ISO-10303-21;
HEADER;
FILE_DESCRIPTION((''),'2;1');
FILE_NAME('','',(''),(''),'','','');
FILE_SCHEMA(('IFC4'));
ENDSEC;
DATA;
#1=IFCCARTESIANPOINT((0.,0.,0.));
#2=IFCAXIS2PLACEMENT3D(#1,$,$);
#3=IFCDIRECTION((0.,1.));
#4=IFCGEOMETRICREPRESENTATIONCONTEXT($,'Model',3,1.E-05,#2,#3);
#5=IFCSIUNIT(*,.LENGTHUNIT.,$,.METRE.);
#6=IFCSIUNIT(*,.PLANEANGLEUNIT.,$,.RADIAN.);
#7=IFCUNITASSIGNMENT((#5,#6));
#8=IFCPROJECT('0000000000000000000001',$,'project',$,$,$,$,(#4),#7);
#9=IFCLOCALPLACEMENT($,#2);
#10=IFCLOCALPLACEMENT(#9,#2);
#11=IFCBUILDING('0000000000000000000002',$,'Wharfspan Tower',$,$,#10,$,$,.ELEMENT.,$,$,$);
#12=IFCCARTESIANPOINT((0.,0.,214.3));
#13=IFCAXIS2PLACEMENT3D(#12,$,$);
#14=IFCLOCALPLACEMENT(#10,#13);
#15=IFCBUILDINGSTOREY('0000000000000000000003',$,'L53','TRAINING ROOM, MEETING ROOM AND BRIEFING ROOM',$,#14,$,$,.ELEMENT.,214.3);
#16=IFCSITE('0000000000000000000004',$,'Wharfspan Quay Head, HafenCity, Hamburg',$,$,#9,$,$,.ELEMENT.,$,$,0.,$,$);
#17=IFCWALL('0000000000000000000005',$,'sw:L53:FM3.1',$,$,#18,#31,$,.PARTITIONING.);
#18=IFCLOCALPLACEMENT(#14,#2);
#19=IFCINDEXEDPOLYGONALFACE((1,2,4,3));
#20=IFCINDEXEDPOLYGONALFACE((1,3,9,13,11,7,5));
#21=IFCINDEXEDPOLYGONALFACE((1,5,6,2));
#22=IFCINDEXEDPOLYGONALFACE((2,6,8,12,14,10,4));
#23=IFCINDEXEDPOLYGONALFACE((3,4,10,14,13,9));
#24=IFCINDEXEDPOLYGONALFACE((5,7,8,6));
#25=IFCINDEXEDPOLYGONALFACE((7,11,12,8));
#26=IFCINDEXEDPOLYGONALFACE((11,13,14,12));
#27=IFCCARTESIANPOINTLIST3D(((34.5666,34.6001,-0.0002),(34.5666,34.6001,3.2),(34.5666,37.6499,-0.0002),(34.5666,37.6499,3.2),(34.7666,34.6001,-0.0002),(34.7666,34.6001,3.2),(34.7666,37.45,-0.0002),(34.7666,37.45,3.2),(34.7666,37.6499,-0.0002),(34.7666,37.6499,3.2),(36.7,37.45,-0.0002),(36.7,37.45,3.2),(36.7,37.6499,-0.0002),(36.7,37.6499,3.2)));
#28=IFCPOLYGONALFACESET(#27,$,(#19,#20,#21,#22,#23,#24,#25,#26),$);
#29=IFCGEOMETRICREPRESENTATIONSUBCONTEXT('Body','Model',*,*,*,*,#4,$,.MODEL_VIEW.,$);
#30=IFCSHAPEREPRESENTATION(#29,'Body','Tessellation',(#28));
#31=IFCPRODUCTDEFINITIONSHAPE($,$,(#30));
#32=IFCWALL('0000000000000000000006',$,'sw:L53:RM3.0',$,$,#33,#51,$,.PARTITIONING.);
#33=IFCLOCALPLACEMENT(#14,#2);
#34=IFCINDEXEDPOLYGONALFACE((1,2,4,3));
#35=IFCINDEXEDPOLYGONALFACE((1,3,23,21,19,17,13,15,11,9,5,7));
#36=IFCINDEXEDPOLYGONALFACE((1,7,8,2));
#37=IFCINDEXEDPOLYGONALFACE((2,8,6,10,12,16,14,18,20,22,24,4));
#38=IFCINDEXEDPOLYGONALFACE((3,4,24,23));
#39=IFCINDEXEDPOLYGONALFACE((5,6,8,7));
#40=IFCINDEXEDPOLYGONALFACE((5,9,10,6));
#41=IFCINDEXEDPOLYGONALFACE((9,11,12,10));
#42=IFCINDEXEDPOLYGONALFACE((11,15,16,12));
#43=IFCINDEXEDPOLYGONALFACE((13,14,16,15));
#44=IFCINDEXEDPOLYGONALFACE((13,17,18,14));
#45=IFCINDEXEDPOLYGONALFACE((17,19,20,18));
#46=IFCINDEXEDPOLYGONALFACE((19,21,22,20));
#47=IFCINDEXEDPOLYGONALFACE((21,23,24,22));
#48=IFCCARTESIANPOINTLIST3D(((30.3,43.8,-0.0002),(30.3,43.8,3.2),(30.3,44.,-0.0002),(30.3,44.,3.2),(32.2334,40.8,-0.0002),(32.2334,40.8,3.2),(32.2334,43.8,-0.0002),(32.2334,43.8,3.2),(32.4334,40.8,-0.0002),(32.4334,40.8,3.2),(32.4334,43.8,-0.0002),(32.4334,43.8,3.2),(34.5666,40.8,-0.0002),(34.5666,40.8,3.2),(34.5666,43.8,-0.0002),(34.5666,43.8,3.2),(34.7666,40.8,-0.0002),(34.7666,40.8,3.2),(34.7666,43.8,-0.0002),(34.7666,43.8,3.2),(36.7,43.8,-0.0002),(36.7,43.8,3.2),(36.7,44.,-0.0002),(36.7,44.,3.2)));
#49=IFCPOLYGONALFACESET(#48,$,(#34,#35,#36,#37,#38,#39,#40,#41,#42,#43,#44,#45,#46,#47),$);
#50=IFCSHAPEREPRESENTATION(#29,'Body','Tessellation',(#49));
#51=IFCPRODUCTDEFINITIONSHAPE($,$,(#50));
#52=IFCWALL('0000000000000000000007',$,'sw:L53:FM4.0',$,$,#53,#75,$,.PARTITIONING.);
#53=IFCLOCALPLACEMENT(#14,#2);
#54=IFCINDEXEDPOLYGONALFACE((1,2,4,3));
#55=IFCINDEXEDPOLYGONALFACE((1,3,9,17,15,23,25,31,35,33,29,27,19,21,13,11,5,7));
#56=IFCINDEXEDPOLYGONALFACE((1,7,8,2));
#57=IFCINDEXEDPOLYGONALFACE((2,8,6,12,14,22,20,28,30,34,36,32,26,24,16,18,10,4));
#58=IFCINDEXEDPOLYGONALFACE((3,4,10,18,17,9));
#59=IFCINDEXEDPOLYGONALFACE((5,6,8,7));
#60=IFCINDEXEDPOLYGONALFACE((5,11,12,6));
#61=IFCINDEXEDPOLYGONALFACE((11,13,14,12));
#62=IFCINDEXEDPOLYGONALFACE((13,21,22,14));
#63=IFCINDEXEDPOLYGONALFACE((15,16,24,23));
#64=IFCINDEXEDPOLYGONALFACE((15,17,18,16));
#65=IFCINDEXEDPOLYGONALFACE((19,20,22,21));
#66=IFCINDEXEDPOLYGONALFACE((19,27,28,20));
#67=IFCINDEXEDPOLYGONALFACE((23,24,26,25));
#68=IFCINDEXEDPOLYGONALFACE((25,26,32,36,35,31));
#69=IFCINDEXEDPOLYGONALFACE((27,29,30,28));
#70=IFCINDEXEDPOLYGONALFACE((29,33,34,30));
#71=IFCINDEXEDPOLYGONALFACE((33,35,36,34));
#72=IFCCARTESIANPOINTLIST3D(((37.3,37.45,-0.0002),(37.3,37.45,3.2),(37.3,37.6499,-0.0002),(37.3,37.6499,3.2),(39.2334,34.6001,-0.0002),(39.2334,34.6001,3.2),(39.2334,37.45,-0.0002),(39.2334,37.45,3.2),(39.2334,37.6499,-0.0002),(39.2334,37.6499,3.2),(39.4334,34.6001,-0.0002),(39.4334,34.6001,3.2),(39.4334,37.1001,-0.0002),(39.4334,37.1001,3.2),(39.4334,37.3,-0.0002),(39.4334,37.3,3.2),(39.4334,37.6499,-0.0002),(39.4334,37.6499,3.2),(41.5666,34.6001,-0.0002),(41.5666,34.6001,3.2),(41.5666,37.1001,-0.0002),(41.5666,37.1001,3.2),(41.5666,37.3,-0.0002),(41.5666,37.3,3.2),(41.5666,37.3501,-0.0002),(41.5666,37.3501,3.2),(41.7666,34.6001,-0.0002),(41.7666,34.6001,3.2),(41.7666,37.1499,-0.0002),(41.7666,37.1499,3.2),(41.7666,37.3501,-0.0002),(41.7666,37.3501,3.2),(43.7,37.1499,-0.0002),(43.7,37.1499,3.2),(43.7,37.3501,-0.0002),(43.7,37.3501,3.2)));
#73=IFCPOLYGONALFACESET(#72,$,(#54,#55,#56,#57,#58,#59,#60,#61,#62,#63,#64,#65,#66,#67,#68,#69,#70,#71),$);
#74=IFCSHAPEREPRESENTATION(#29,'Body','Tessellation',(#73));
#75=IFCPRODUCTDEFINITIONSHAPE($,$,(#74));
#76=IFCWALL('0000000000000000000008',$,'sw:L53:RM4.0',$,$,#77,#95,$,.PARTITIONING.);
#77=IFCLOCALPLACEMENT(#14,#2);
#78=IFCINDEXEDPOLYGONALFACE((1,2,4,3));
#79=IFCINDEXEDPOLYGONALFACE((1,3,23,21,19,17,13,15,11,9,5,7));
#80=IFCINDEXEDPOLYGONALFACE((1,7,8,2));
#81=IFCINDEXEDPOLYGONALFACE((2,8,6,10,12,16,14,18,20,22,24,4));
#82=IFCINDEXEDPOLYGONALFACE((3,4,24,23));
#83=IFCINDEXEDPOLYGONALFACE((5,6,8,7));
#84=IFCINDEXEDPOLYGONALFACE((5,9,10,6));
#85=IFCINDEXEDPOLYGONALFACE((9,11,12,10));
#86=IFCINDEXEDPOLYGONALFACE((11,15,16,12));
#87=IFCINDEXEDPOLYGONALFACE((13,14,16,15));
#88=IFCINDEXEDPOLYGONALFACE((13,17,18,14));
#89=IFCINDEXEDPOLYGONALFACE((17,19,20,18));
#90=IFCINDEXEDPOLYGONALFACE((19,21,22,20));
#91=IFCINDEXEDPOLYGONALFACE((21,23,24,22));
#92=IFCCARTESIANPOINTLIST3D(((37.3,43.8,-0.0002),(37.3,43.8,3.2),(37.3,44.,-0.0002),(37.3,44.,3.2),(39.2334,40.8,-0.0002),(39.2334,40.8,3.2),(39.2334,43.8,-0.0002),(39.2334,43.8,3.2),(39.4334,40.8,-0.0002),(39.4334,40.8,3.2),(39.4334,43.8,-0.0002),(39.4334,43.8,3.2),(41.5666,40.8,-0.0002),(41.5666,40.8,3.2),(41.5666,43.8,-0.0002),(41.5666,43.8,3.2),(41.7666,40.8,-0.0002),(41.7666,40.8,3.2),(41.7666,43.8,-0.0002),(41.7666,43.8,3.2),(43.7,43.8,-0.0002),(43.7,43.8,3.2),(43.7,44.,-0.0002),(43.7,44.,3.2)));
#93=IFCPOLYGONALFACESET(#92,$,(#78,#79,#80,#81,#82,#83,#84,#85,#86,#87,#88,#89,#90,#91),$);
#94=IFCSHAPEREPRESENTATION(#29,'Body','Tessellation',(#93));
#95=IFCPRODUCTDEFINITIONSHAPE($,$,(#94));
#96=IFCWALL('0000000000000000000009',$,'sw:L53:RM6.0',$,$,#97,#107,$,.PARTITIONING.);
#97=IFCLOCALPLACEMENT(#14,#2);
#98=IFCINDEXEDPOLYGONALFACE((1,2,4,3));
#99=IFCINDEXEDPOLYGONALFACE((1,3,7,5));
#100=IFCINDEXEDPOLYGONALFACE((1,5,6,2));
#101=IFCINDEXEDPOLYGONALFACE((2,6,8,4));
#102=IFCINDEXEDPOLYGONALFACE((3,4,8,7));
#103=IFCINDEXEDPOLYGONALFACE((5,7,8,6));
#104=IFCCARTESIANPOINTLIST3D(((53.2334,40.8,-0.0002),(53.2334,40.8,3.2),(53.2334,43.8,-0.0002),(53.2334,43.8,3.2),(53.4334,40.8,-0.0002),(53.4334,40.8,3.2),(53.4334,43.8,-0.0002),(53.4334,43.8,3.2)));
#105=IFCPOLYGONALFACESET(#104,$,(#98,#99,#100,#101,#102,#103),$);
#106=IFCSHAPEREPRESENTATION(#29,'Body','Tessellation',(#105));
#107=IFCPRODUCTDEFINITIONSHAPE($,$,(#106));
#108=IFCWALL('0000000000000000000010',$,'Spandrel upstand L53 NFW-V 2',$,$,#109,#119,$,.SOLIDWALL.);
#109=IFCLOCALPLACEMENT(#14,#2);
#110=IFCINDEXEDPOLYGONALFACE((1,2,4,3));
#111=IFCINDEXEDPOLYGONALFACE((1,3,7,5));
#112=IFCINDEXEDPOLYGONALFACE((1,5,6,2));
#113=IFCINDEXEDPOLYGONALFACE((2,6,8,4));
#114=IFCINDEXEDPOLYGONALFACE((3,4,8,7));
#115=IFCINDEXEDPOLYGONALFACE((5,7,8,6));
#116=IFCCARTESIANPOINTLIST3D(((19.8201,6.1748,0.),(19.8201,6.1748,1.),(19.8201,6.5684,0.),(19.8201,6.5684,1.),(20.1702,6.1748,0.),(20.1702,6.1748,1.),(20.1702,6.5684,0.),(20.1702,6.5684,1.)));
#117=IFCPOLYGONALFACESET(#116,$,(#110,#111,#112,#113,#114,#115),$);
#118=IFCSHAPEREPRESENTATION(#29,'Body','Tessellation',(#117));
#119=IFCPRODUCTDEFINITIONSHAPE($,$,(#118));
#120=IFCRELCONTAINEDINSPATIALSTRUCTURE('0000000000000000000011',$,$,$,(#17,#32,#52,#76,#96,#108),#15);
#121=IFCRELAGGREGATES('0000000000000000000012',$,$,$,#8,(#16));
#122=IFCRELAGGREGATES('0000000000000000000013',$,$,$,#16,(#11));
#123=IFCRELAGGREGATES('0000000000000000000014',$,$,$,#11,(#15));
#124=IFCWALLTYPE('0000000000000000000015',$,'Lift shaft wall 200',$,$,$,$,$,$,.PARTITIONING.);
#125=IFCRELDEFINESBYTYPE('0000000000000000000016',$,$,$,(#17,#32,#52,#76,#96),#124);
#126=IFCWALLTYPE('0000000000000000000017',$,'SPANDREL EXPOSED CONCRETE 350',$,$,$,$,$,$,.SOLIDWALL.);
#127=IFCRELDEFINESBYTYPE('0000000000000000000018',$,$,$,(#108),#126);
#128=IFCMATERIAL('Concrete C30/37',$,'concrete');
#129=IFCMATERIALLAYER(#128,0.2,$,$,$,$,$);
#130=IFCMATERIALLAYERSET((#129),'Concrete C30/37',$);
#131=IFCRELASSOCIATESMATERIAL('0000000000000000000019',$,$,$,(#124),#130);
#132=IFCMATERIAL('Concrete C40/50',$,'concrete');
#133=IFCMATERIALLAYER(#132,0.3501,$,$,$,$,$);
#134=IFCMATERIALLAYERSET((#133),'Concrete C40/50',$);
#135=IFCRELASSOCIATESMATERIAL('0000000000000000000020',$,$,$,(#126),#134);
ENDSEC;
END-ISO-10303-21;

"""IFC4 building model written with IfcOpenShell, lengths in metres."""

from ifc_helpers import new_model, si_unit, direction, frame, frame_2d, origin, place, context, subcontext, project, spatial, polyline, rectangle, outline, extrude, material, layer, layer_set, type_object, element, save


model = new_model("IFC4")

# Units and contexts
model_context = context("Model", 3, precision=1e-05, world=origin(), true_north=direction((0.0, 1.0)))
body_context = subcontext(model_context, "Body", "Model", "MODEL_VIEW")
ifc_project = project(units=[si_unit("LENGTHUNIT", "METRE"), si_unit("PLANEANGLEUNIT", "RADIAN")], contexts=[model_context])

# Site, building, storey
site_placement = place(None, origin())
site = spatial("IfcSite", under=ifc_project, at=site_placement, Name="Wharfspan Quay Head, HafenCity, Hamburg", CompositionType="ELEMENT", RefElevation=0.0)
building_placement = place(site_placement, origin())
building = spatial("IfcBuilding", under=site, at=building_placement, Name="Wharfspan Tower", CompositionType="ELEMENT")
storey_placement = place(building_placement, frame((0.0, 0.0, 214.3)))
storey = spatial("IfcBuildingStorey", under=building, at=storey_placement, Name="L53", Description="TRAINING ROOM, MEETING ROOM AND BRIEFING ROOM", CompositionType="ELEMENT", Elevation=214.3)

# Shared definitions
ifc_material_1 = material(Name="Concrete C40/50", Category="concrete")

# Walls
ifc_material_2 = material(Name="Concrete C30/37", Category="concrete")
ifc_layer_1 = layer(ifc_material_2, 0.2)
ifc_layer_set_1 = layer_set([ifc_layer_1], Name="Concrete C30/37")
wall_type_1 = type_object("IfcWallType", Name="Lift shaft wall 200", PredefinedType="PARTITIONING", material=ifc_layer_set_1)
wall_1_placement = place(storey_placement, frame((0.0, 0.0, -0.0002)))
element("IfcWall", 1, at=wall_1_placement, inside=storey, type_object=wall_type_1, Name="sw:L53:FM3.1", PredefinedType="PARTITIONING", context=body_context, shape_type="SweptSolid", body=[
    extrude(outline(polyline([(34.5667, 37.6499), (34.7666, 37.6499), (36.7, 37.6499), (36.7, 37.45), (34.7666, 37.45), (34.7666, 34.6001), (34.5667, 34.6001), (34.5667, 37.6499)])), origin(), (0.0, 0.0, 1.0), 3.2002),
])
wall_2_placement = place(storey_placement, frame((0.0, 0.0, -0.0002)))
element("IfcWall", 2, at=wall_2_placement, inside=storey, type_object=wall_type_1, Name="sw:L53:RM3.0", PredefinedType="PARTITIONING", context=body_context, shape_type="SweptSolid", body=[
    extrude(outline(polyline([(32.4333, 40.8), (32.2334, 40.8), (32.2334, 43.8), (30.3, 43.8), (30.3, 44.0), (36.7, 44.0), (36.7, 43.8), (34.7666, 43.8), (34.7666, 40.8), (34.5667, 40.8), (34.5667, 43.8), (32.4333, 43.8), (32.4333, 40.8)])), origin(), (0.0, 0.0, 1.0), 3.2002),
])
wall_3_placement = place(storey_placement, frame((0.0, 0.0, -0.0002)))
element("IfcWall", 3, at=wall_3_placement, inside=storey, type_object=wall_type_1, Name="sw:L53:FM4.0", PredefinedType="PARTITIONING", context=body_context, shape_type="SweptSolid", body=[
    extrude(outline(polyline([(41.5667, 37.1001), (39.4333, 37.1001), (39.4333, 34.6001), (39.2334, 34.6001), (39.2334, 37.45), (37.3, 37.45), (37.3, 37.6499), (39.2334, 37.6499), (39.4333, 37.6499), (39.4333, 37.3), (41.5667, 37.3), (41.5667, 37.3501), (41.7666, 37.3501), (43.7, 37.3501), (43.7, 37.1499), (41.7666, 37.1499), (41.7666, 34.6001), (41.5667, 34.6001), (41.5667, 37.1001)])), origin(), (0.0, 0.0, 1.0), 3.2002),
])
wall_4_placement = place(storey_placement, frame((0.0, 0.0, -0.0002)))
element("IfcWall", 4, at=wall_4_placement, inside=storey, type_object=wall_type_1, Name="sw:L53:RM4.0", PredefinedType="PARTITIONING", context=body_context, shape_type="SweptSolid", body=[
    extrude(outline(polyline([(39.4333, 40.8), (39.2334, 40.8), (39.2334, 43.8), (37.3, 43.8), (37.3, 44.0), (43.7, 44.0), (43.7, 43.8), (41.7666, 43.8), (41.7666, 40.8), (41.5667, 40.8), (41.5667, 43.8), (39.4333, 43.8), (39.4333, 40.8)])), origin(), (0.0, 0.0, 1.0), 3.2002),
])
wall_5_placement = place(storey_placement, frame((0.0, 0.0, -0.0002)))
element("IfcWall", 5, at=wall_5_placement, inside=storey, type_object=wall_type_1, Name="sw:L53:RM6.0", PredefinedType="PARTITIONING", context=body_context, shape_type="SweptSolid", body=[
    extrude(outline(polyline([(53.4333, 40.8), (53.4333, 43.8), (53.2334, 43.8), (53.2334, 40.8), (53.4333, 40.8)])), origin(), (0.0, 0.0, 1.0), 3.2002),
])
ifc_layer_2 = layer(ifc_material_1, 0.3501)
ifc_layer_set_2 = layer_set([ifc_layer_2], Name="Concrete C40/50")
wall_type_2 = type_object("IfcWallType", Name="SPANDREL EXPOSED CONCRETE 350", PredefinedType="SOLIDWALL", material=ifc_layer_set_2)
wall_6_placement = place(storey_placement, frame((19.9951, 6.5684, 0.0), z_axis=(0.0, 0.0, 1.0), x_axis=(0.0, -1.0, 0.0)))
element("IfcWall", 6, at=wall_6_placement, inside=storey, type_object=wall_type_2, Name="Spandrel upstand L53 NFW-V 2", PredefinedType="SOLIDWALL", context=body_context, shape_type="SweptSolid", body=[
    extrude(rectangle(XDim=0.3936, YDim=0.3501, at=frame_2d((0.1968, 0.0))), origin(), (0.0, 0.0, 1.0), 1.0),
])

save(model, "model.ifc")
